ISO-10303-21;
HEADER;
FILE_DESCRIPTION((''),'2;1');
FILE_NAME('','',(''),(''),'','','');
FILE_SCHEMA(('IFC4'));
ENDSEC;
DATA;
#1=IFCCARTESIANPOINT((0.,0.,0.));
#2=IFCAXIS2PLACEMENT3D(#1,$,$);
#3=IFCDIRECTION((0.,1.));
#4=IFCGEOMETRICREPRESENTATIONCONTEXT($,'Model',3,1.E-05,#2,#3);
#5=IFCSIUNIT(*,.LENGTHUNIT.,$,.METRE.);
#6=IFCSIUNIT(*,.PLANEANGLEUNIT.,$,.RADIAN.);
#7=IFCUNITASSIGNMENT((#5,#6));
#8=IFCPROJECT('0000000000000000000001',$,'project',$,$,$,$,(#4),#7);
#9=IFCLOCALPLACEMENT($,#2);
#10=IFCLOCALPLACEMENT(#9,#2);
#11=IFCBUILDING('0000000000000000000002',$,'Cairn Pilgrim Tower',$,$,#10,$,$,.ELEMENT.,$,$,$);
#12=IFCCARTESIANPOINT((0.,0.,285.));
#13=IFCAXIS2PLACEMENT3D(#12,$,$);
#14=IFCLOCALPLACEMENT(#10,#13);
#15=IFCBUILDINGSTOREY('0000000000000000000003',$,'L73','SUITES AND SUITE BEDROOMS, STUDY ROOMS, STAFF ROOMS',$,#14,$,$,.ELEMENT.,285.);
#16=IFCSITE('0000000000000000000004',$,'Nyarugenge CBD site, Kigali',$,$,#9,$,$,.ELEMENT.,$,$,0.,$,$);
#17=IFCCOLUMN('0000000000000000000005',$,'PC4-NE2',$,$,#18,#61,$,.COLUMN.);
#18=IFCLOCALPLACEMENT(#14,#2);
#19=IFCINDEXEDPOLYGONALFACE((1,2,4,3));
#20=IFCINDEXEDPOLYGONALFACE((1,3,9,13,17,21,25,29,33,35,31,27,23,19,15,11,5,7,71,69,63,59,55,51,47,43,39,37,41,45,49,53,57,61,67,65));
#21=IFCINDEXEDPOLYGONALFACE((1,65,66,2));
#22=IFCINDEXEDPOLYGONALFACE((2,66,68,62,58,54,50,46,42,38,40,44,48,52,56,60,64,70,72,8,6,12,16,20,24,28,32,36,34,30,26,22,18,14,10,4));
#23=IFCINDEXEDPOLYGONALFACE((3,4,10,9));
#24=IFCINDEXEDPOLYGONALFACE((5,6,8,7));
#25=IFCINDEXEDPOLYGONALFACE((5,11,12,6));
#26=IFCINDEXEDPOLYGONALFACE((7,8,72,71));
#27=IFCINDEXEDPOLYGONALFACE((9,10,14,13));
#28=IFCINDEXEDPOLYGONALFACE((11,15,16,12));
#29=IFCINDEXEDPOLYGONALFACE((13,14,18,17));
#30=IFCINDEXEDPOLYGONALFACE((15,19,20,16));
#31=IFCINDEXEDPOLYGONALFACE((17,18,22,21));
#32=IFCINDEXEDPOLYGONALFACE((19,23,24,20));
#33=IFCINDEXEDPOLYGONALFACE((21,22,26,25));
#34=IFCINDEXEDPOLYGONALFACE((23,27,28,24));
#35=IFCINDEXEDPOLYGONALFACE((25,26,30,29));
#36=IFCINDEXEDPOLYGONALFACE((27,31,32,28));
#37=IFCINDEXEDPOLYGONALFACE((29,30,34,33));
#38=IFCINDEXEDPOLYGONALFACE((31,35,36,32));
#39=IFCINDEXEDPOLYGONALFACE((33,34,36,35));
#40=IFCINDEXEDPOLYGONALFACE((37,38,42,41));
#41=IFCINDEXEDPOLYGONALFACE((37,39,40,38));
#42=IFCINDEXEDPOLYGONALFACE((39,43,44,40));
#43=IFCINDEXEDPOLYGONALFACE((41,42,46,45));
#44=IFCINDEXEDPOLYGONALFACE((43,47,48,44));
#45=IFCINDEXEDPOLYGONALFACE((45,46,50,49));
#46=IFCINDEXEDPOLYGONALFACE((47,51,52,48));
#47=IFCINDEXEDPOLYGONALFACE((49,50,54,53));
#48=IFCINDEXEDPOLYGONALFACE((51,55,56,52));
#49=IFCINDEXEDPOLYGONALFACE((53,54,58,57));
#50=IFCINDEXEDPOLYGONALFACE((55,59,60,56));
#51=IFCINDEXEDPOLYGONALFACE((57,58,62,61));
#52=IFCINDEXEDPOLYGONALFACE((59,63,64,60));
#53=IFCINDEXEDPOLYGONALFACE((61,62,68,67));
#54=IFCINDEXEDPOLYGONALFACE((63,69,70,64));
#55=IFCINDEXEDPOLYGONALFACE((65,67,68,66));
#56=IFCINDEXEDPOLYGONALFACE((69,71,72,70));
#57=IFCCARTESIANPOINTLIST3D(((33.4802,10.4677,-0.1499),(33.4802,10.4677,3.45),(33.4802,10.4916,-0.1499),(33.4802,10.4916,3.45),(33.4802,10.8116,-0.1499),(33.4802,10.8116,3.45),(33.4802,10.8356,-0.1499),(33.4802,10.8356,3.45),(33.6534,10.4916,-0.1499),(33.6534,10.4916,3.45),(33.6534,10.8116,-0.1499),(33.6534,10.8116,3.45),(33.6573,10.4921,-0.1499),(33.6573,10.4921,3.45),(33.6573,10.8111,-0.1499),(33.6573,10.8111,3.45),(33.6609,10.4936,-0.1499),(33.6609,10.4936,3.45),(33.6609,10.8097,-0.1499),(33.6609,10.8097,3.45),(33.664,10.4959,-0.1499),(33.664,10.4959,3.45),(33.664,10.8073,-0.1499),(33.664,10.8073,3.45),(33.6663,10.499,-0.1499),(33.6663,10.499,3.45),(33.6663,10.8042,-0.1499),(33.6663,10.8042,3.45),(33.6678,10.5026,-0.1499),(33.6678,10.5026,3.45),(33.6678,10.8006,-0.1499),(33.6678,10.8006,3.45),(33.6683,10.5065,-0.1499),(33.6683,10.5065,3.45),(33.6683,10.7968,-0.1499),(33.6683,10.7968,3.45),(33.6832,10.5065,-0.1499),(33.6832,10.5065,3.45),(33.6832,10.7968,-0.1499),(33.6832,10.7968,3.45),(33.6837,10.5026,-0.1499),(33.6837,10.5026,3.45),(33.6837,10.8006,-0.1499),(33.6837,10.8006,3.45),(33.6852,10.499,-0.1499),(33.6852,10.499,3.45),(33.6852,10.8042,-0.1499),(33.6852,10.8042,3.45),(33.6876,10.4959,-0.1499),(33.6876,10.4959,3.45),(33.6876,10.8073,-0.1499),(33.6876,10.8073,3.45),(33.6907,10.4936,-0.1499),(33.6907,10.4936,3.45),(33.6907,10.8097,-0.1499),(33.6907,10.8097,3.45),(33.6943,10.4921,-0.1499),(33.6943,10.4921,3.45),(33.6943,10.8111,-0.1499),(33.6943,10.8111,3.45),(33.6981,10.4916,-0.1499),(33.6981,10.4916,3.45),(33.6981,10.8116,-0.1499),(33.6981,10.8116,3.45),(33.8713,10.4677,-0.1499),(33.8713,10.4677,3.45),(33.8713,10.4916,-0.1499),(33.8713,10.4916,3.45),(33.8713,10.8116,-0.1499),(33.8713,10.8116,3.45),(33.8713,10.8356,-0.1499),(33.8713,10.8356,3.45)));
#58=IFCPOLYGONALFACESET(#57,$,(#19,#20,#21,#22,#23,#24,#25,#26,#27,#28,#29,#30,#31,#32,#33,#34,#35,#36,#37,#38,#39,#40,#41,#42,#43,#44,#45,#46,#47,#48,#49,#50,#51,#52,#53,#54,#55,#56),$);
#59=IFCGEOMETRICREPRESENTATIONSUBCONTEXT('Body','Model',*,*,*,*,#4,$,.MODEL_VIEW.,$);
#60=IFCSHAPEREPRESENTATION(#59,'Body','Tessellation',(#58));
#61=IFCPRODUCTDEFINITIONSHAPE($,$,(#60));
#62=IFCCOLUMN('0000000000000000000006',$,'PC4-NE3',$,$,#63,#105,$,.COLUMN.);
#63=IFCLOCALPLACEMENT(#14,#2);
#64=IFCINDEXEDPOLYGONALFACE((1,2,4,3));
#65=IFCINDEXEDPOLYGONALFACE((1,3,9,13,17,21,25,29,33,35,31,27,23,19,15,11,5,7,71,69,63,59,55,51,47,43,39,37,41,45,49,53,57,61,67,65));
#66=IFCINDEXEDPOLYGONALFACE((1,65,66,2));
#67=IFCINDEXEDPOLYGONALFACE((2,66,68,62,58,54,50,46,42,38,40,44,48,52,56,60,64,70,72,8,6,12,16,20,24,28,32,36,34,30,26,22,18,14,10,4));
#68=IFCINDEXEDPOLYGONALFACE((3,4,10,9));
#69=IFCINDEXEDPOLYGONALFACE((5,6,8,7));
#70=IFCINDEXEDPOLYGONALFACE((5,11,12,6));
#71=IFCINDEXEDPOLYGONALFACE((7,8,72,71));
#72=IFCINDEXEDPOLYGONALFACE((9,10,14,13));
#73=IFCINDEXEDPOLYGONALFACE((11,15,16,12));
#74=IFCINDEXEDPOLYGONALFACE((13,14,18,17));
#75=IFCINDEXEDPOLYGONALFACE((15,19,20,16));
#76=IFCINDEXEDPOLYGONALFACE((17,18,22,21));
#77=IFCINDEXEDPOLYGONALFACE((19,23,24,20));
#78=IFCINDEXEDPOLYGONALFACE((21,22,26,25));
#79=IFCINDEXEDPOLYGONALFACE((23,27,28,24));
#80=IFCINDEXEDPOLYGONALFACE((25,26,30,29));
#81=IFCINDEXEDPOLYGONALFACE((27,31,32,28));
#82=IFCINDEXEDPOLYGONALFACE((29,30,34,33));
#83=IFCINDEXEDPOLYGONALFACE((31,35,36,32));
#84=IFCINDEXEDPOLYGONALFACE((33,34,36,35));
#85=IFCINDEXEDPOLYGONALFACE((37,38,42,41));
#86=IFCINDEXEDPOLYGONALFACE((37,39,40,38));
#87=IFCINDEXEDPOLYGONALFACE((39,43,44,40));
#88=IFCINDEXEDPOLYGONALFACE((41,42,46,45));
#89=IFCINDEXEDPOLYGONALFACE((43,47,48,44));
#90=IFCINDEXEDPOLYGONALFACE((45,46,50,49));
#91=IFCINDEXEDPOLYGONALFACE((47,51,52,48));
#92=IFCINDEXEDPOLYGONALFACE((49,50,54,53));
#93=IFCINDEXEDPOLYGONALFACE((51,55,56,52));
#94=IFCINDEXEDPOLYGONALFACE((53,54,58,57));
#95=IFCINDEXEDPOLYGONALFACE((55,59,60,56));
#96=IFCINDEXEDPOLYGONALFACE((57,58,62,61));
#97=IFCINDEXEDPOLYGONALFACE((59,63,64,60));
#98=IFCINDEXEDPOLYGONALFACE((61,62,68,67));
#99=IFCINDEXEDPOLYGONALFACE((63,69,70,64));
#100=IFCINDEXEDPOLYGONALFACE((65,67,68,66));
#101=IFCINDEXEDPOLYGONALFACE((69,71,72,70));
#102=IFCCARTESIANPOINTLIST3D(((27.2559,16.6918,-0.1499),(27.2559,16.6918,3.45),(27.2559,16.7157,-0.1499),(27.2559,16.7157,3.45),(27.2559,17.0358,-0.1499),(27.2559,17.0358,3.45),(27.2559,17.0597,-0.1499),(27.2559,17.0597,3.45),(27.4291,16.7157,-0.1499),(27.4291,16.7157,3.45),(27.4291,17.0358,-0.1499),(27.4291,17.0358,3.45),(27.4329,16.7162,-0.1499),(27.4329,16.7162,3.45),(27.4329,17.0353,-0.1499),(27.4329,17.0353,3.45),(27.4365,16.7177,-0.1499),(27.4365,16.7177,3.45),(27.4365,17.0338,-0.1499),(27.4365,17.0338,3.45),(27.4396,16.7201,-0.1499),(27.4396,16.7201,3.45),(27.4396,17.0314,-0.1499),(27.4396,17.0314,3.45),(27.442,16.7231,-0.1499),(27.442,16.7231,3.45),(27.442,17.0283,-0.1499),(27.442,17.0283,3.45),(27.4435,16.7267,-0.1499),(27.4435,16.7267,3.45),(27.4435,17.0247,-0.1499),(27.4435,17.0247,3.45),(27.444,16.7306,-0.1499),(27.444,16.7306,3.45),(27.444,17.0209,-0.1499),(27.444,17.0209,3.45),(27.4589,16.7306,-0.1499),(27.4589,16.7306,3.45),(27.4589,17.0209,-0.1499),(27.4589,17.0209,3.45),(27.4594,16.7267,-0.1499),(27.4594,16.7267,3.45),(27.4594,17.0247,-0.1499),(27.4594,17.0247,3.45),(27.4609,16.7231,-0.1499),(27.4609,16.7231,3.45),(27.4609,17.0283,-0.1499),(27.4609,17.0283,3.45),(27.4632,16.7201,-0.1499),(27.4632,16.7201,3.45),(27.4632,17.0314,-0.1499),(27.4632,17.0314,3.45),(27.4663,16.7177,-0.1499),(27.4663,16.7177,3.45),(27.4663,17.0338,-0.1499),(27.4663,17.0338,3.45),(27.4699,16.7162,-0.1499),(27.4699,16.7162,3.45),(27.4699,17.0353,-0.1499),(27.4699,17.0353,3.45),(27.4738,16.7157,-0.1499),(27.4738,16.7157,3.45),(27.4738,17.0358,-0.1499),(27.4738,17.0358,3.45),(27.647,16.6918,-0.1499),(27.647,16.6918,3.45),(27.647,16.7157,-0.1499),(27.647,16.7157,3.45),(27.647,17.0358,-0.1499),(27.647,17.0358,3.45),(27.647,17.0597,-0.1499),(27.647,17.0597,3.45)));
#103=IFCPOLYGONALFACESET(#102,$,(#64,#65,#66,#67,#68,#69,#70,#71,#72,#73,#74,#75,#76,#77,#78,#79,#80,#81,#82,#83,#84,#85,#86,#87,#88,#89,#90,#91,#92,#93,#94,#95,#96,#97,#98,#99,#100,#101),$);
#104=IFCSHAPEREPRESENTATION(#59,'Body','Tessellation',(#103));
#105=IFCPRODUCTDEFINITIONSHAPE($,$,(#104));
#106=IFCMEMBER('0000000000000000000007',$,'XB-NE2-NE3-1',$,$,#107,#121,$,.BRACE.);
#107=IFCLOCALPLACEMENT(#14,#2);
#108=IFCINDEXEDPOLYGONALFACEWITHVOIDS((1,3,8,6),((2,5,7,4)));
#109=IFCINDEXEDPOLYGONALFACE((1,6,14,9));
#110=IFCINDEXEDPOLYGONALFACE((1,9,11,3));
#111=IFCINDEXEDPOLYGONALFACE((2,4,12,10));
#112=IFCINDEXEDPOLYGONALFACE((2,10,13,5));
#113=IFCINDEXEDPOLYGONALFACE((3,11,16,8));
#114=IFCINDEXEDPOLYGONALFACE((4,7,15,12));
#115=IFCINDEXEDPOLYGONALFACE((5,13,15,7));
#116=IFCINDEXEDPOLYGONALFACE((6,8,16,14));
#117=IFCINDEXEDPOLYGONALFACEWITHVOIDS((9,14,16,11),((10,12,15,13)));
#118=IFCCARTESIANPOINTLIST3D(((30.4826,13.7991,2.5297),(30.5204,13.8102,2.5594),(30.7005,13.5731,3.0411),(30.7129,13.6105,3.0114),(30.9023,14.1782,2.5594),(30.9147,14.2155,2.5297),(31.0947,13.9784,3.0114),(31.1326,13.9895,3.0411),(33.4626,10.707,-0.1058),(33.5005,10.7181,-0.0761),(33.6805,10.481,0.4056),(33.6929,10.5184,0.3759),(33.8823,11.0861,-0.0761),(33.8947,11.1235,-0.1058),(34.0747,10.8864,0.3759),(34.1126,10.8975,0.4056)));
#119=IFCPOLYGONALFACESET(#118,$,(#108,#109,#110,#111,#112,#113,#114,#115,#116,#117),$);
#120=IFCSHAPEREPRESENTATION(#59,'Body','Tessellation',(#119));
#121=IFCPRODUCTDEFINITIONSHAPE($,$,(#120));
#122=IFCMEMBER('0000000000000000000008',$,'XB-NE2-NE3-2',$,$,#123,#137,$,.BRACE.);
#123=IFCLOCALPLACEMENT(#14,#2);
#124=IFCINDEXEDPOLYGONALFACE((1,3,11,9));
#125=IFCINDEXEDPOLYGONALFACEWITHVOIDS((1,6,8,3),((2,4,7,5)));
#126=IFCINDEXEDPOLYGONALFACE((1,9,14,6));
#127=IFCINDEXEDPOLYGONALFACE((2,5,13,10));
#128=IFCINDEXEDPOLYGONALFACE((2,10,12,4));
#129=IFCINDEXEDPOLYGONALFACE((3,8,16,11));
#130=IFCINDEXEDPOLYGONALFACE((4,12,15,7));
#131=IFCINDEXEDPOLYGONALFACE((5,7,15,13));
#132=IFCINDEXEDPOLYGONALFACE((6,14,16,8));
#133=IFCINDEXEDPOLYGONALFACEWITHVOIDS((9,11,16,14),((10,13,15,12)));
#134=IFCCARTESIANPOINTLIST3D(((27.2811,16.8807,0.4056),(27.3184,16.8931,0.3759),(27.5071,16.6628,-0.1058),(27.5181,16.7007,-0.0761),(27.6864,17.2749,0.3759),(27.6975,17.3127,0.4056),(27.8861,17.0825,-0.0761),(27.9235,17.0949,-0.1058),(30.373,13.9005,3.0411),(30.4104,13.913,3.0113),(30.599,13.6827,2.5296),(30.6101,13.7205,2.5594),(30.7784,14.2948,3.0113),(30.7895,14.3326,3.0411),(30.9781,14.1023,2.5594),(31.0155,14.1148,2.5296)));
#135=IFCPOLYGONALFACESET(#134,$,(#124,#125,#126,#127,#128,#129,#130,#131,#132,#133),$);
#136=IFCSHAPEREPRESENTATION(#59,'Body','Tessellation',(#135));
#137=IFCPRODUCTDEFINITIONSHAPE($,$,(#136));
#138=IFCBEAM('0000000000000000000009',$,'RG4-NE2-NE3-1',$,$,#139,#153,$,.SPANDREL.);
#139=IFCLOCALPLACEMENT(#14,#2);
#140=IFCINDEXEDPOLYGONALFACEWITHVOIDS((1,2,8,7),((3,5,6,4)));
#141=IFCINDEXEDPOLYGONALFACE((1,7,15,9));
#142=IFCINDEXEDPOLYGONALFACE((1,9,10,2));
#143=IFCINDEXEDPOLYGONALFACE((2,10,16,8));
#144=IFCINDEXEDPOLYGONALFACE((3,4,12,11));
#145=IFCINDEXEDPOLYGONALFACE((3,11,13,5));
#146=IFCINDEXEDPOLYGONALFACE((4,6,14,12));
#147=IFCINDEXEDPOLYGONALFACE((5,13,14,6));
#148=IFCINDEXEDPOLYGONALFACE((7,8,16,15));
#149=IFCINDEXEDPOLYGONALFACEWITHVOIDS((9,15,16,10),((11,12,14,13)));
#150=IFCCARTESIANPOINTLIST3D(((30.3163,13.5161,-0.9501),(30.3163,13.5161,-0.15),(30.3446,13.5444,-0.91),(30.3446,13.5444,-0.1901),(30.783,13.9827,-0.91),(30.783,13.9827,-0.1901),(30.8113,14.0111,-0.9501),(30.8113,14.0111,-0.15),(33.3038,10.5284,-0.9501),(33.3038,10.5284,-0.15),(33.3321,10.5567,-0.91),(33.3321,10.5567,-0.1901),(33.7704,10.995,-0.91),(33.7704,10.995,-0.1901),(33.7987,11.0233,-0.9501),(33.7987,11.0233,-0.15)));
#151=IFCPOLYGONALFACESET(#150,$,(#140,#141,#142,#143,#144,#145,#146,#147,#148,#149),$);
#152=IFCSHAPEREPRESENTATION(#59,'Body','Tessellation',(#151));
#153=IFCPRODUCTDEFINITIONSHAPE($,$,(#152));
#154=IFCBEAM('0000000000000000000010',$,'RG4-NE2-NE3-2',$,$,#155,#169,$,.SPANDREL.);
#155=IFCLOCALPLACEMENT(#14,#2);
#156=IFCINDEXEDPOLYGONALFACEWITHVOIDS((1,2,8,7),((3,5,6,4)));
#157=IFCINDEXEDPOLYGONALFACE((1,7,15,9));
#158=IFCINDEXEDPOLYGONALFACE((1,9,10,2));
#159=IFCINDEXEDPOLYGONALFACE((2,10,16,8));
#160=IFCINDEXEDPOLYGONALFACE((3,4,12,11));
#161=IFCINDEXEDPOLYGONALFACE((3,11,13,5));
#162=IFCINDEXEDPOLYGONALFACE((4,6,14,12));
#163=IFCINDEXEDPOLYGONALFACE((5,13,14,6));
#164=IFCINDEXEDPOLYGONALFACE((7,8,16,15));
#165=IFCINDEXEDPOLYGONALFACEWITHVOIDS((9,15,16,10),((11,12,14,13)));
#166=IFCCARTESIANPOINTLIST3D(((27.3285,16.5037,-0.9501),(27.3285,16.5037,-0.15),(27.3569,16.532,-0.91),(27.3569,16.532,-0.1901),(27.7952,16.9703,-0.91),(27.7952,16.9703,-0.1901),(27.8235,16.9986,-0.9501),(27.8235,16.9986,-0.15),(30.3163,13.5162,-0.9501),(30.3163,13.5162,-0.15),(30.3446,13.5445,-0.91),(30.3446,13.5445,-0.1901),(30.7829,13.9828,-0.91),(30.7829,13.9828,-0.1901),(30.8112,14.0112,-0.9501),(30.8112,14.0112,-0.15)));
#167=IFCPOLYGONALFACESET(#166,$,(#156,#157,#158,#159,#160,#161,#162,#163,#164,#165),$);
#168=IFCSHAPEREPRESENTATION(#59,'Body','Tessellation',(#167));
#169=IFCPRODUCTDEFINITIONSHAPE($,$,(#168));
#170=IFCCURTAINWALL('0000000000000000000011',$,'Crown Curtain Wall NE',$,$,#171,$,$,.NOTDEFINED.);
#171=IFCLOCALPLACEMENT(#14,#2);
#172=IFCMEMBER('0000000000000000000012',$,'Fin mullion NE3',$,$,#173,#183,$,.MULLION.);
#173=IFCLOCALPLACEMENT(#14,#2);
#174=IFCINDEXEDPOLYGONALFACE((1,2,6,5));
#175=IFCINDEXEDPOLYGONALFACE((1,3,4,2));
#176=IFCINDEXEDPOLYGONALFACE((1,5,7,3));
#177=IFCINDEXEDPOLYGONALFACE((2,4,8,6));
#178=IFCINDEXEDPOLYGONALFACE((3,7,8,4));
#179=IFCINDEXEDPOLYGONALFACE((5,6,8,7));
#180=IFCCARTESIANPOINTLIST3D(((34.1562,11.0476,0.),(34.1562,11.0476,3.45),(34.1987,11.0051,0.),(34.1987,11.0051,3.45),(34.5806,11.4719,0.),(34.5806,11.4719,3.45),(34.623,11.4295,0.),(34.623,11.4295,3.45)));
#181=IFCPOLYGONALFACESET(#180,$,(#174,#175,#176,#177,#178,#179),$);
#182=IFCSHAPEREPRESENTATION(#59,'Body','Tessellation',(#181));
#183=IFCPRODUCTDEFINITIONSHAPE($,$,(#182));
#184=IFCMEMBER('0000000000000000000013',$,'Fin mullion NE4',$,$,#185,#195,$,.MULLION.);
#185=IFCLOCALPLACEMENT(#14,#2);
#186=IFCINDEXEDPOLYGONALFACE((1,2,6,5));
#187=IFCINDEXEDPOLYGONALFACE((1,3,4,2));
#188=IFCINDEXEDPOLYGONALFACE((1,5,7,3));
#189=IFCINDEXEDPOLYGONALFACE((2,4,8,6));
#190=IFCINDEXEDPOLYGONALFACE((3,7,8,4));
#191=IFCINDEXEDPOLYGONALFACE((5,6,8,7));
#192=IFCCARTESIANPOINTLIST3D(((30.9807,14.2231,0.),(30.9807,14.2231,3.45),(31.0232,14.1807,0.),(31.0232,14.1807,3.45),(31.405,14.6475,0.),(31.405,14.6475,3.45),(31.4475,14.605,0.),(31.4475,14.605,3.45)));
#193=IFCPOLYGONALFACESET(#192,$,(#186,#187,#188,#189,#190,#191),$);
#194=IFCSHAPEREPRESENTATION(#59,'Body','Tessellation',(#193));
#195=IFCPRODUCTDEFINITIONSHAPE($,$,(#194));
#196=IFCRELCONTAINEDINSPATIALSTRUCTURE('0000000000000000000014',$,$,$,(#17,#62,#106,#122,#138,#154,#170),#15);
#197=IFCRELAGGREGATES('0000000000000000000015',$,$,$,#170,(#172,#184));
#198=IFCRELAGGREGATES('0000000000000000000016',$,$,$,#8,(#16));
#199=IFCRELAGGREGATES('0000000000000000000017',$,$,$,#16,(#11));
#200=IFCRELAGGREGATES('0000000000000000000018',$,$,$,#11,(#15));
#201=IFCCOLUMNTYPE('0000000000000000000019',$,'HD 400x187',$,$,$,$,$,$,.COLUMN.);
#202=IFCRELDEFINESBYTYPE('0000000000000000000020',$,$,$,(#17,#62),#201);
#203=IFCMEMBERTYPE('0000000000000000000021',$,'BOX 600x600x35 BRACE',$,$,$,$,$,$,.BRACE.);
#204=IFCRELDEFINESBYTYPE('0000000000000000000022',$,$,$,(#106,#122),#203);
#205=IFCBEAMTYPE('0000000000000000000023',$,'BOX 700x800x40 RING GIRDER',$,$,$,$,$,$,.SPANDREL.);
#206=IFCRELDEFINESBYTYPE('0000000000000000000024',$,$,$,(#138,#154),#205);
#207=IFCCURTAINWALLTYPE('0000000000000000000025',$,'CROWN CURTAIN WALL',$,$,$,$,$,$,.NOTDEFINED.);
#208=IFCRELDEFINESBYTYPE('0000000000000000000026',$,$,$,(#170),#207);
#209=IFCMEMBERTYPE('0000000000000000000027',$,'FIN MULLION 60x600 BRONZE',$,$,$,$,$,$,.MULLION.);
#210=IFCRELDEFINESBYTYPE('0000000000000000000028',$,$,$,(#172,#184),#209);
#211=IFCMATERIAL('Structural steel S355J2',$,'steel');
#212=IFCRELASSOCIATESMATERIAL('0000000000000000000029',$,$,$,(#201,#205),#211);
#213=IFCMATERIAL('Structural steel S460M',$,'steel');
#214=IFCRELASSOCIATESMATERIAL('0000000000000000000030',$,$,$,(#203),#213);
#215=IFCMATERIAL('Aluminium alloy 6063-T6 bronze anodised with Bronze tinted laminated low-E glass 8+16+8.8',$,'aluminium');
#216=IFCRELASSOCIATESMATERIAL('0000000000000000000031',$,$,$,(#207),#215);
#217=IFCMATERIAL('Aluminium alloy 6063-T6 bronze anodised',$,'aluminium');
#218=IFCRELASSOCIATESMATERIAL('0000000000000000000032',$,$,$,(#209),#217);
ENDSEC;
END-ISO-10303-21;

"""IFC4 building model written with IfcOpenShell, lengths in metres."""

from ifc_helpers import new_model, si_unit, direction, frame, origin, origin_2d, place, context, subcontext, project, spatial, rectangle, hollow_rectangle, i_section, extrude, material, material_profile, profile_set, type_object, element, aggregate, save


model = new_model("IFC4")

# Units and contexts
model_context = context("Model", 3, precision=1e-05, world=origin(), true_north=direction((0.0, 1.0)))
body_context = subcontext(model_context, "Body", "Model", "MODEL_VIEW")
ifc_project = project(units=[si_unit("LENGTHUNIT", "METRE"), si_unit("PLANEANGLEUNIT", "RADIAN")], contexts=[model_context])

# Site, building, storey
site_placement = place(None, origin())
site = spatial("IfcSite", under=ifc_project, at=site_placement, Name="Nyarugenge CBD site, Kigali", CompositionType="ELEMENT", RefElevation=0.0)
building_placement = place(site_placement, origin())
building = spatial("IfcBuilding", under=site, at=building_placement, Name="Cairn Pilgrim Tower", CompositionType="ELEMENT")
storey_placement = place(building_placement, frame((0.0, 0.0, 285.0)))
storey = spatial("IfcBuildingStorey", under=building, at=storey_placement, Name="L73", Description="SUITES AND SUITE BEDROOMS, STUDY ROOMS, STAFF ROOMS", CompositionType="ELEMENT", Elevation=285.0)

# Columns
ifc_material_1 = material(Name="Structural steel S355J2", Category="steel")
ifc_material_profile_1 = material_profile(ifc_material_1, i_section(OverallWidth=0.3911, OverallDepth=0.3679, WebThickness=0.0149, FlangeThickness=0.0239, FilletRadius=0.0149, at=origin_2d()), Name="HD 400x187")
ifc_profile_set_1 = profile_set([ifc_material_profile_1], Name="Structural steel S355J2")
column_type = type_object("IfcColumnType", Name="HD 400x187", PredefinedType="COLUMN", material=ifc_profile_set_1)
for number, where, z_axis, x_axis, name in (
    (1, (33.6758, 10.6516, -0.1499), (0.0, 0.0, 1.0), (1.0, 0.0, 0.0), "PC4-NE2"),
    (2, (27.4514, 16.8757, -0.1499), (0.0, 0.0, 1.0), (1.0, 0.0, 0.0), "PC4-NE3"),
):
    element("IfcColumn", number, at=place(storey_placement, frame(where, z_axis=z_axis, x_axis=x_axis)), inside=storey, type_object=column_type, Name=name, PredefinedType="COLUMN", context=body_context, shape_type="SweptSolid", body=[
        extrude(i_section(OverallWidth=0.3911, OverallDepth=0.3679, WebThickness=0.0149, FlangeThickness=0.0239, FilletRadius=0.0149, at=origin_2d()), origin(), (0.0, 0.0, 1.0), 3.5999),
    ])

# Members
ifc_material_2 = material(Name="Structural steel S460M", Category="steel")
ifc_material_profile_2 = material_profile(ifc_material_2, hollow_rectangle(XDim=0.6001, YDim=0.6001, WallThickness=0.0349, at=origin_2d()), Name="BOX 600x600x35")
ifc_profile_set_2 = profile_set([ifc_material_profile_2], Name="Structural steel S460M")
member_type_1 = type_object("IfcMemberType", Name="BOX 600x600x35 BRACE", PredefinedType="BRACE", material=ifc_profile_set_2)
for number, where, z_axis, x_axis, name in (
    (3, (33.7876, 10.8022, 0.1499), (-0.591438, 0.613678, 0.523068), (-0.720034, -0.693939, 0.0), "XB-NE2-NE3-1"),
    (4, (27.6023, 16.9878, 0.1499), (0.613661, -0.591469, 0.523053), (0.693968, 0.720006, 0.0), "XB-NE2-NE3-2"),
):
    element("IfcMember", number, at=place(storey_placement, frame(where, z_axis=z_axis, x_axis=x_axis)), inside=storey, type_object=member_type_1, Name=name, PredefinedType="BRACE", context=body_context, shape_type="SweptSolid", body=[
        extrude(hollow_rectangle(XDim=0.6001, YDim=0.6001, WallThickness=0.0349, at=origin_2d()), origin(), (0.0, 0.0, 1.0), 5.0386),
    ])

# Beams
ifc_material_profile_3 = material_profile(ifc_material_1, hollow_rectangle(XDim=0.7, YDim=0.8, WallThickness=0.04, at=origin_2d()), Name="BOX 700x800x40")
ifc_profile_set_3 = profile_set([ifc_material_profile_3], Name="Structural steel S355J2")
beam_type_1 = type_object("IfcBeamType", Name="BOX 700x800x40 RING GIRDER", PredefinedType="SPANDREL", material=ifc_profile_set_3)
for number, where, z_axis, x_axis, name in (
    (5, (33.5513, 10.7759, -0.55), (-0.707078, 0.707136, 0.0), (-0.707136, -0.707078, 0.0), "RG4-NE2-NE3-1"),
    (6, (30.5637, 13.7637, -0.55), (-0.707136, 0.707078, 0.0), (-0.707078, -0.707136, 0.0), "RG4-NE2-NE3-2"),
):
    element("IfcBeam", number, at=place(storey_placement, frame(where, z_axis=z_axis, x_axis=x_axis)), inside=storey, type_object=beam_type_1, Name=name, PredefinedType="SPANDREL", context=body_context, shape_type="SweptSolid", body=[
        extrude(hollow_rectangle(XDim=0.7, YDim=0.8, WallThickness=0.04, at=origin_2d()), origin(), (0.0, 0.0, 1.0), 4.2251),
    ])

# Curtain wall, members
ifc_material_3 = material(Name="Aluminium alloy 6063-T6 bronze anodised with Bronze tinted laminated low-E glass 8+16+8.8", Category="aluminium")
curtain_wall_type = type_object("IfcCurtainWallType", Name="CROWN CURTAIN WALL", PredefinedType="NOTDEFINED", material=ifc_material_3)
curtain_wall_placement = place(storey_placement, origin())
curtain_wall = element("IfcCurtainWall", 7, at=curtain_wall_placement, inside=storey, type_object=curtain_wall_type, Name="Crown Curtain Wall NE", PredefinedType="NOTDEFINED")
ifc_material_4 = material(Name="Aluminium alloy 6063-T6 bronze anodised", Category="aluminium")
ifc_material_profile_4 = material_profile(ifc_material_4, rectangle(XDim=0.6001, YDim=0.0601, at=origin_2d()), Name="FIN MULLION 60x600 BRONZE")
ifc_profile_set_4 = profile_set([ifc_material_profile_4], Name="Aluminium alloy 6063-T6 bronze anodised")
member_type_2 = type_object("IfcMemberType", Name="FIN MULLION 60x600 BRONZE", PredefinedType="MULLION", material=ifc_profile_set_4)
member_1_placement = place(storey_placement, frame((34.3896, 11.2385, 0.0), z_axis=(0.0, 0.0, 1.0), x_axis=(0.707107, 0.707107, 0.0)))
member_1 = element("IfcMember", 8, at=member_1_placement, type_object=member_type_2, Name="Fin mullion NE3", PredefinedType="MULLION", context=body_context, shape_type="SweptSolid", body=[
    extrude(rectangle(XDim=0.6001, YDim=0.0601, at=origin_2d()), origin(), (0.0, 0.0, 1.0), 3.45),
])
member_2_placement = place(storey_placement, frame((31.2141, 14.4141, 0.0), z_axis=(0.0, 0.0, 1.0), x_axis=(0.707107, 0.707107, 0.0)))
member_2 = element("IfcMember", 9, at=member_2_placement, type_object=member_type_2, Name="Fin mullion NE4", PredefinedType="MULLION", context=body_context, shape_type="SweptSolid", body=[
    extrude(rectangle(XDim=0.6001, YDim=0.0601, at=origin_2d()), origin(), (0.0, 0.0, 1.0), 3.45),
])

aggregate(curtain_wall, [member_1, member_2])

save(model, "model.ifc")
